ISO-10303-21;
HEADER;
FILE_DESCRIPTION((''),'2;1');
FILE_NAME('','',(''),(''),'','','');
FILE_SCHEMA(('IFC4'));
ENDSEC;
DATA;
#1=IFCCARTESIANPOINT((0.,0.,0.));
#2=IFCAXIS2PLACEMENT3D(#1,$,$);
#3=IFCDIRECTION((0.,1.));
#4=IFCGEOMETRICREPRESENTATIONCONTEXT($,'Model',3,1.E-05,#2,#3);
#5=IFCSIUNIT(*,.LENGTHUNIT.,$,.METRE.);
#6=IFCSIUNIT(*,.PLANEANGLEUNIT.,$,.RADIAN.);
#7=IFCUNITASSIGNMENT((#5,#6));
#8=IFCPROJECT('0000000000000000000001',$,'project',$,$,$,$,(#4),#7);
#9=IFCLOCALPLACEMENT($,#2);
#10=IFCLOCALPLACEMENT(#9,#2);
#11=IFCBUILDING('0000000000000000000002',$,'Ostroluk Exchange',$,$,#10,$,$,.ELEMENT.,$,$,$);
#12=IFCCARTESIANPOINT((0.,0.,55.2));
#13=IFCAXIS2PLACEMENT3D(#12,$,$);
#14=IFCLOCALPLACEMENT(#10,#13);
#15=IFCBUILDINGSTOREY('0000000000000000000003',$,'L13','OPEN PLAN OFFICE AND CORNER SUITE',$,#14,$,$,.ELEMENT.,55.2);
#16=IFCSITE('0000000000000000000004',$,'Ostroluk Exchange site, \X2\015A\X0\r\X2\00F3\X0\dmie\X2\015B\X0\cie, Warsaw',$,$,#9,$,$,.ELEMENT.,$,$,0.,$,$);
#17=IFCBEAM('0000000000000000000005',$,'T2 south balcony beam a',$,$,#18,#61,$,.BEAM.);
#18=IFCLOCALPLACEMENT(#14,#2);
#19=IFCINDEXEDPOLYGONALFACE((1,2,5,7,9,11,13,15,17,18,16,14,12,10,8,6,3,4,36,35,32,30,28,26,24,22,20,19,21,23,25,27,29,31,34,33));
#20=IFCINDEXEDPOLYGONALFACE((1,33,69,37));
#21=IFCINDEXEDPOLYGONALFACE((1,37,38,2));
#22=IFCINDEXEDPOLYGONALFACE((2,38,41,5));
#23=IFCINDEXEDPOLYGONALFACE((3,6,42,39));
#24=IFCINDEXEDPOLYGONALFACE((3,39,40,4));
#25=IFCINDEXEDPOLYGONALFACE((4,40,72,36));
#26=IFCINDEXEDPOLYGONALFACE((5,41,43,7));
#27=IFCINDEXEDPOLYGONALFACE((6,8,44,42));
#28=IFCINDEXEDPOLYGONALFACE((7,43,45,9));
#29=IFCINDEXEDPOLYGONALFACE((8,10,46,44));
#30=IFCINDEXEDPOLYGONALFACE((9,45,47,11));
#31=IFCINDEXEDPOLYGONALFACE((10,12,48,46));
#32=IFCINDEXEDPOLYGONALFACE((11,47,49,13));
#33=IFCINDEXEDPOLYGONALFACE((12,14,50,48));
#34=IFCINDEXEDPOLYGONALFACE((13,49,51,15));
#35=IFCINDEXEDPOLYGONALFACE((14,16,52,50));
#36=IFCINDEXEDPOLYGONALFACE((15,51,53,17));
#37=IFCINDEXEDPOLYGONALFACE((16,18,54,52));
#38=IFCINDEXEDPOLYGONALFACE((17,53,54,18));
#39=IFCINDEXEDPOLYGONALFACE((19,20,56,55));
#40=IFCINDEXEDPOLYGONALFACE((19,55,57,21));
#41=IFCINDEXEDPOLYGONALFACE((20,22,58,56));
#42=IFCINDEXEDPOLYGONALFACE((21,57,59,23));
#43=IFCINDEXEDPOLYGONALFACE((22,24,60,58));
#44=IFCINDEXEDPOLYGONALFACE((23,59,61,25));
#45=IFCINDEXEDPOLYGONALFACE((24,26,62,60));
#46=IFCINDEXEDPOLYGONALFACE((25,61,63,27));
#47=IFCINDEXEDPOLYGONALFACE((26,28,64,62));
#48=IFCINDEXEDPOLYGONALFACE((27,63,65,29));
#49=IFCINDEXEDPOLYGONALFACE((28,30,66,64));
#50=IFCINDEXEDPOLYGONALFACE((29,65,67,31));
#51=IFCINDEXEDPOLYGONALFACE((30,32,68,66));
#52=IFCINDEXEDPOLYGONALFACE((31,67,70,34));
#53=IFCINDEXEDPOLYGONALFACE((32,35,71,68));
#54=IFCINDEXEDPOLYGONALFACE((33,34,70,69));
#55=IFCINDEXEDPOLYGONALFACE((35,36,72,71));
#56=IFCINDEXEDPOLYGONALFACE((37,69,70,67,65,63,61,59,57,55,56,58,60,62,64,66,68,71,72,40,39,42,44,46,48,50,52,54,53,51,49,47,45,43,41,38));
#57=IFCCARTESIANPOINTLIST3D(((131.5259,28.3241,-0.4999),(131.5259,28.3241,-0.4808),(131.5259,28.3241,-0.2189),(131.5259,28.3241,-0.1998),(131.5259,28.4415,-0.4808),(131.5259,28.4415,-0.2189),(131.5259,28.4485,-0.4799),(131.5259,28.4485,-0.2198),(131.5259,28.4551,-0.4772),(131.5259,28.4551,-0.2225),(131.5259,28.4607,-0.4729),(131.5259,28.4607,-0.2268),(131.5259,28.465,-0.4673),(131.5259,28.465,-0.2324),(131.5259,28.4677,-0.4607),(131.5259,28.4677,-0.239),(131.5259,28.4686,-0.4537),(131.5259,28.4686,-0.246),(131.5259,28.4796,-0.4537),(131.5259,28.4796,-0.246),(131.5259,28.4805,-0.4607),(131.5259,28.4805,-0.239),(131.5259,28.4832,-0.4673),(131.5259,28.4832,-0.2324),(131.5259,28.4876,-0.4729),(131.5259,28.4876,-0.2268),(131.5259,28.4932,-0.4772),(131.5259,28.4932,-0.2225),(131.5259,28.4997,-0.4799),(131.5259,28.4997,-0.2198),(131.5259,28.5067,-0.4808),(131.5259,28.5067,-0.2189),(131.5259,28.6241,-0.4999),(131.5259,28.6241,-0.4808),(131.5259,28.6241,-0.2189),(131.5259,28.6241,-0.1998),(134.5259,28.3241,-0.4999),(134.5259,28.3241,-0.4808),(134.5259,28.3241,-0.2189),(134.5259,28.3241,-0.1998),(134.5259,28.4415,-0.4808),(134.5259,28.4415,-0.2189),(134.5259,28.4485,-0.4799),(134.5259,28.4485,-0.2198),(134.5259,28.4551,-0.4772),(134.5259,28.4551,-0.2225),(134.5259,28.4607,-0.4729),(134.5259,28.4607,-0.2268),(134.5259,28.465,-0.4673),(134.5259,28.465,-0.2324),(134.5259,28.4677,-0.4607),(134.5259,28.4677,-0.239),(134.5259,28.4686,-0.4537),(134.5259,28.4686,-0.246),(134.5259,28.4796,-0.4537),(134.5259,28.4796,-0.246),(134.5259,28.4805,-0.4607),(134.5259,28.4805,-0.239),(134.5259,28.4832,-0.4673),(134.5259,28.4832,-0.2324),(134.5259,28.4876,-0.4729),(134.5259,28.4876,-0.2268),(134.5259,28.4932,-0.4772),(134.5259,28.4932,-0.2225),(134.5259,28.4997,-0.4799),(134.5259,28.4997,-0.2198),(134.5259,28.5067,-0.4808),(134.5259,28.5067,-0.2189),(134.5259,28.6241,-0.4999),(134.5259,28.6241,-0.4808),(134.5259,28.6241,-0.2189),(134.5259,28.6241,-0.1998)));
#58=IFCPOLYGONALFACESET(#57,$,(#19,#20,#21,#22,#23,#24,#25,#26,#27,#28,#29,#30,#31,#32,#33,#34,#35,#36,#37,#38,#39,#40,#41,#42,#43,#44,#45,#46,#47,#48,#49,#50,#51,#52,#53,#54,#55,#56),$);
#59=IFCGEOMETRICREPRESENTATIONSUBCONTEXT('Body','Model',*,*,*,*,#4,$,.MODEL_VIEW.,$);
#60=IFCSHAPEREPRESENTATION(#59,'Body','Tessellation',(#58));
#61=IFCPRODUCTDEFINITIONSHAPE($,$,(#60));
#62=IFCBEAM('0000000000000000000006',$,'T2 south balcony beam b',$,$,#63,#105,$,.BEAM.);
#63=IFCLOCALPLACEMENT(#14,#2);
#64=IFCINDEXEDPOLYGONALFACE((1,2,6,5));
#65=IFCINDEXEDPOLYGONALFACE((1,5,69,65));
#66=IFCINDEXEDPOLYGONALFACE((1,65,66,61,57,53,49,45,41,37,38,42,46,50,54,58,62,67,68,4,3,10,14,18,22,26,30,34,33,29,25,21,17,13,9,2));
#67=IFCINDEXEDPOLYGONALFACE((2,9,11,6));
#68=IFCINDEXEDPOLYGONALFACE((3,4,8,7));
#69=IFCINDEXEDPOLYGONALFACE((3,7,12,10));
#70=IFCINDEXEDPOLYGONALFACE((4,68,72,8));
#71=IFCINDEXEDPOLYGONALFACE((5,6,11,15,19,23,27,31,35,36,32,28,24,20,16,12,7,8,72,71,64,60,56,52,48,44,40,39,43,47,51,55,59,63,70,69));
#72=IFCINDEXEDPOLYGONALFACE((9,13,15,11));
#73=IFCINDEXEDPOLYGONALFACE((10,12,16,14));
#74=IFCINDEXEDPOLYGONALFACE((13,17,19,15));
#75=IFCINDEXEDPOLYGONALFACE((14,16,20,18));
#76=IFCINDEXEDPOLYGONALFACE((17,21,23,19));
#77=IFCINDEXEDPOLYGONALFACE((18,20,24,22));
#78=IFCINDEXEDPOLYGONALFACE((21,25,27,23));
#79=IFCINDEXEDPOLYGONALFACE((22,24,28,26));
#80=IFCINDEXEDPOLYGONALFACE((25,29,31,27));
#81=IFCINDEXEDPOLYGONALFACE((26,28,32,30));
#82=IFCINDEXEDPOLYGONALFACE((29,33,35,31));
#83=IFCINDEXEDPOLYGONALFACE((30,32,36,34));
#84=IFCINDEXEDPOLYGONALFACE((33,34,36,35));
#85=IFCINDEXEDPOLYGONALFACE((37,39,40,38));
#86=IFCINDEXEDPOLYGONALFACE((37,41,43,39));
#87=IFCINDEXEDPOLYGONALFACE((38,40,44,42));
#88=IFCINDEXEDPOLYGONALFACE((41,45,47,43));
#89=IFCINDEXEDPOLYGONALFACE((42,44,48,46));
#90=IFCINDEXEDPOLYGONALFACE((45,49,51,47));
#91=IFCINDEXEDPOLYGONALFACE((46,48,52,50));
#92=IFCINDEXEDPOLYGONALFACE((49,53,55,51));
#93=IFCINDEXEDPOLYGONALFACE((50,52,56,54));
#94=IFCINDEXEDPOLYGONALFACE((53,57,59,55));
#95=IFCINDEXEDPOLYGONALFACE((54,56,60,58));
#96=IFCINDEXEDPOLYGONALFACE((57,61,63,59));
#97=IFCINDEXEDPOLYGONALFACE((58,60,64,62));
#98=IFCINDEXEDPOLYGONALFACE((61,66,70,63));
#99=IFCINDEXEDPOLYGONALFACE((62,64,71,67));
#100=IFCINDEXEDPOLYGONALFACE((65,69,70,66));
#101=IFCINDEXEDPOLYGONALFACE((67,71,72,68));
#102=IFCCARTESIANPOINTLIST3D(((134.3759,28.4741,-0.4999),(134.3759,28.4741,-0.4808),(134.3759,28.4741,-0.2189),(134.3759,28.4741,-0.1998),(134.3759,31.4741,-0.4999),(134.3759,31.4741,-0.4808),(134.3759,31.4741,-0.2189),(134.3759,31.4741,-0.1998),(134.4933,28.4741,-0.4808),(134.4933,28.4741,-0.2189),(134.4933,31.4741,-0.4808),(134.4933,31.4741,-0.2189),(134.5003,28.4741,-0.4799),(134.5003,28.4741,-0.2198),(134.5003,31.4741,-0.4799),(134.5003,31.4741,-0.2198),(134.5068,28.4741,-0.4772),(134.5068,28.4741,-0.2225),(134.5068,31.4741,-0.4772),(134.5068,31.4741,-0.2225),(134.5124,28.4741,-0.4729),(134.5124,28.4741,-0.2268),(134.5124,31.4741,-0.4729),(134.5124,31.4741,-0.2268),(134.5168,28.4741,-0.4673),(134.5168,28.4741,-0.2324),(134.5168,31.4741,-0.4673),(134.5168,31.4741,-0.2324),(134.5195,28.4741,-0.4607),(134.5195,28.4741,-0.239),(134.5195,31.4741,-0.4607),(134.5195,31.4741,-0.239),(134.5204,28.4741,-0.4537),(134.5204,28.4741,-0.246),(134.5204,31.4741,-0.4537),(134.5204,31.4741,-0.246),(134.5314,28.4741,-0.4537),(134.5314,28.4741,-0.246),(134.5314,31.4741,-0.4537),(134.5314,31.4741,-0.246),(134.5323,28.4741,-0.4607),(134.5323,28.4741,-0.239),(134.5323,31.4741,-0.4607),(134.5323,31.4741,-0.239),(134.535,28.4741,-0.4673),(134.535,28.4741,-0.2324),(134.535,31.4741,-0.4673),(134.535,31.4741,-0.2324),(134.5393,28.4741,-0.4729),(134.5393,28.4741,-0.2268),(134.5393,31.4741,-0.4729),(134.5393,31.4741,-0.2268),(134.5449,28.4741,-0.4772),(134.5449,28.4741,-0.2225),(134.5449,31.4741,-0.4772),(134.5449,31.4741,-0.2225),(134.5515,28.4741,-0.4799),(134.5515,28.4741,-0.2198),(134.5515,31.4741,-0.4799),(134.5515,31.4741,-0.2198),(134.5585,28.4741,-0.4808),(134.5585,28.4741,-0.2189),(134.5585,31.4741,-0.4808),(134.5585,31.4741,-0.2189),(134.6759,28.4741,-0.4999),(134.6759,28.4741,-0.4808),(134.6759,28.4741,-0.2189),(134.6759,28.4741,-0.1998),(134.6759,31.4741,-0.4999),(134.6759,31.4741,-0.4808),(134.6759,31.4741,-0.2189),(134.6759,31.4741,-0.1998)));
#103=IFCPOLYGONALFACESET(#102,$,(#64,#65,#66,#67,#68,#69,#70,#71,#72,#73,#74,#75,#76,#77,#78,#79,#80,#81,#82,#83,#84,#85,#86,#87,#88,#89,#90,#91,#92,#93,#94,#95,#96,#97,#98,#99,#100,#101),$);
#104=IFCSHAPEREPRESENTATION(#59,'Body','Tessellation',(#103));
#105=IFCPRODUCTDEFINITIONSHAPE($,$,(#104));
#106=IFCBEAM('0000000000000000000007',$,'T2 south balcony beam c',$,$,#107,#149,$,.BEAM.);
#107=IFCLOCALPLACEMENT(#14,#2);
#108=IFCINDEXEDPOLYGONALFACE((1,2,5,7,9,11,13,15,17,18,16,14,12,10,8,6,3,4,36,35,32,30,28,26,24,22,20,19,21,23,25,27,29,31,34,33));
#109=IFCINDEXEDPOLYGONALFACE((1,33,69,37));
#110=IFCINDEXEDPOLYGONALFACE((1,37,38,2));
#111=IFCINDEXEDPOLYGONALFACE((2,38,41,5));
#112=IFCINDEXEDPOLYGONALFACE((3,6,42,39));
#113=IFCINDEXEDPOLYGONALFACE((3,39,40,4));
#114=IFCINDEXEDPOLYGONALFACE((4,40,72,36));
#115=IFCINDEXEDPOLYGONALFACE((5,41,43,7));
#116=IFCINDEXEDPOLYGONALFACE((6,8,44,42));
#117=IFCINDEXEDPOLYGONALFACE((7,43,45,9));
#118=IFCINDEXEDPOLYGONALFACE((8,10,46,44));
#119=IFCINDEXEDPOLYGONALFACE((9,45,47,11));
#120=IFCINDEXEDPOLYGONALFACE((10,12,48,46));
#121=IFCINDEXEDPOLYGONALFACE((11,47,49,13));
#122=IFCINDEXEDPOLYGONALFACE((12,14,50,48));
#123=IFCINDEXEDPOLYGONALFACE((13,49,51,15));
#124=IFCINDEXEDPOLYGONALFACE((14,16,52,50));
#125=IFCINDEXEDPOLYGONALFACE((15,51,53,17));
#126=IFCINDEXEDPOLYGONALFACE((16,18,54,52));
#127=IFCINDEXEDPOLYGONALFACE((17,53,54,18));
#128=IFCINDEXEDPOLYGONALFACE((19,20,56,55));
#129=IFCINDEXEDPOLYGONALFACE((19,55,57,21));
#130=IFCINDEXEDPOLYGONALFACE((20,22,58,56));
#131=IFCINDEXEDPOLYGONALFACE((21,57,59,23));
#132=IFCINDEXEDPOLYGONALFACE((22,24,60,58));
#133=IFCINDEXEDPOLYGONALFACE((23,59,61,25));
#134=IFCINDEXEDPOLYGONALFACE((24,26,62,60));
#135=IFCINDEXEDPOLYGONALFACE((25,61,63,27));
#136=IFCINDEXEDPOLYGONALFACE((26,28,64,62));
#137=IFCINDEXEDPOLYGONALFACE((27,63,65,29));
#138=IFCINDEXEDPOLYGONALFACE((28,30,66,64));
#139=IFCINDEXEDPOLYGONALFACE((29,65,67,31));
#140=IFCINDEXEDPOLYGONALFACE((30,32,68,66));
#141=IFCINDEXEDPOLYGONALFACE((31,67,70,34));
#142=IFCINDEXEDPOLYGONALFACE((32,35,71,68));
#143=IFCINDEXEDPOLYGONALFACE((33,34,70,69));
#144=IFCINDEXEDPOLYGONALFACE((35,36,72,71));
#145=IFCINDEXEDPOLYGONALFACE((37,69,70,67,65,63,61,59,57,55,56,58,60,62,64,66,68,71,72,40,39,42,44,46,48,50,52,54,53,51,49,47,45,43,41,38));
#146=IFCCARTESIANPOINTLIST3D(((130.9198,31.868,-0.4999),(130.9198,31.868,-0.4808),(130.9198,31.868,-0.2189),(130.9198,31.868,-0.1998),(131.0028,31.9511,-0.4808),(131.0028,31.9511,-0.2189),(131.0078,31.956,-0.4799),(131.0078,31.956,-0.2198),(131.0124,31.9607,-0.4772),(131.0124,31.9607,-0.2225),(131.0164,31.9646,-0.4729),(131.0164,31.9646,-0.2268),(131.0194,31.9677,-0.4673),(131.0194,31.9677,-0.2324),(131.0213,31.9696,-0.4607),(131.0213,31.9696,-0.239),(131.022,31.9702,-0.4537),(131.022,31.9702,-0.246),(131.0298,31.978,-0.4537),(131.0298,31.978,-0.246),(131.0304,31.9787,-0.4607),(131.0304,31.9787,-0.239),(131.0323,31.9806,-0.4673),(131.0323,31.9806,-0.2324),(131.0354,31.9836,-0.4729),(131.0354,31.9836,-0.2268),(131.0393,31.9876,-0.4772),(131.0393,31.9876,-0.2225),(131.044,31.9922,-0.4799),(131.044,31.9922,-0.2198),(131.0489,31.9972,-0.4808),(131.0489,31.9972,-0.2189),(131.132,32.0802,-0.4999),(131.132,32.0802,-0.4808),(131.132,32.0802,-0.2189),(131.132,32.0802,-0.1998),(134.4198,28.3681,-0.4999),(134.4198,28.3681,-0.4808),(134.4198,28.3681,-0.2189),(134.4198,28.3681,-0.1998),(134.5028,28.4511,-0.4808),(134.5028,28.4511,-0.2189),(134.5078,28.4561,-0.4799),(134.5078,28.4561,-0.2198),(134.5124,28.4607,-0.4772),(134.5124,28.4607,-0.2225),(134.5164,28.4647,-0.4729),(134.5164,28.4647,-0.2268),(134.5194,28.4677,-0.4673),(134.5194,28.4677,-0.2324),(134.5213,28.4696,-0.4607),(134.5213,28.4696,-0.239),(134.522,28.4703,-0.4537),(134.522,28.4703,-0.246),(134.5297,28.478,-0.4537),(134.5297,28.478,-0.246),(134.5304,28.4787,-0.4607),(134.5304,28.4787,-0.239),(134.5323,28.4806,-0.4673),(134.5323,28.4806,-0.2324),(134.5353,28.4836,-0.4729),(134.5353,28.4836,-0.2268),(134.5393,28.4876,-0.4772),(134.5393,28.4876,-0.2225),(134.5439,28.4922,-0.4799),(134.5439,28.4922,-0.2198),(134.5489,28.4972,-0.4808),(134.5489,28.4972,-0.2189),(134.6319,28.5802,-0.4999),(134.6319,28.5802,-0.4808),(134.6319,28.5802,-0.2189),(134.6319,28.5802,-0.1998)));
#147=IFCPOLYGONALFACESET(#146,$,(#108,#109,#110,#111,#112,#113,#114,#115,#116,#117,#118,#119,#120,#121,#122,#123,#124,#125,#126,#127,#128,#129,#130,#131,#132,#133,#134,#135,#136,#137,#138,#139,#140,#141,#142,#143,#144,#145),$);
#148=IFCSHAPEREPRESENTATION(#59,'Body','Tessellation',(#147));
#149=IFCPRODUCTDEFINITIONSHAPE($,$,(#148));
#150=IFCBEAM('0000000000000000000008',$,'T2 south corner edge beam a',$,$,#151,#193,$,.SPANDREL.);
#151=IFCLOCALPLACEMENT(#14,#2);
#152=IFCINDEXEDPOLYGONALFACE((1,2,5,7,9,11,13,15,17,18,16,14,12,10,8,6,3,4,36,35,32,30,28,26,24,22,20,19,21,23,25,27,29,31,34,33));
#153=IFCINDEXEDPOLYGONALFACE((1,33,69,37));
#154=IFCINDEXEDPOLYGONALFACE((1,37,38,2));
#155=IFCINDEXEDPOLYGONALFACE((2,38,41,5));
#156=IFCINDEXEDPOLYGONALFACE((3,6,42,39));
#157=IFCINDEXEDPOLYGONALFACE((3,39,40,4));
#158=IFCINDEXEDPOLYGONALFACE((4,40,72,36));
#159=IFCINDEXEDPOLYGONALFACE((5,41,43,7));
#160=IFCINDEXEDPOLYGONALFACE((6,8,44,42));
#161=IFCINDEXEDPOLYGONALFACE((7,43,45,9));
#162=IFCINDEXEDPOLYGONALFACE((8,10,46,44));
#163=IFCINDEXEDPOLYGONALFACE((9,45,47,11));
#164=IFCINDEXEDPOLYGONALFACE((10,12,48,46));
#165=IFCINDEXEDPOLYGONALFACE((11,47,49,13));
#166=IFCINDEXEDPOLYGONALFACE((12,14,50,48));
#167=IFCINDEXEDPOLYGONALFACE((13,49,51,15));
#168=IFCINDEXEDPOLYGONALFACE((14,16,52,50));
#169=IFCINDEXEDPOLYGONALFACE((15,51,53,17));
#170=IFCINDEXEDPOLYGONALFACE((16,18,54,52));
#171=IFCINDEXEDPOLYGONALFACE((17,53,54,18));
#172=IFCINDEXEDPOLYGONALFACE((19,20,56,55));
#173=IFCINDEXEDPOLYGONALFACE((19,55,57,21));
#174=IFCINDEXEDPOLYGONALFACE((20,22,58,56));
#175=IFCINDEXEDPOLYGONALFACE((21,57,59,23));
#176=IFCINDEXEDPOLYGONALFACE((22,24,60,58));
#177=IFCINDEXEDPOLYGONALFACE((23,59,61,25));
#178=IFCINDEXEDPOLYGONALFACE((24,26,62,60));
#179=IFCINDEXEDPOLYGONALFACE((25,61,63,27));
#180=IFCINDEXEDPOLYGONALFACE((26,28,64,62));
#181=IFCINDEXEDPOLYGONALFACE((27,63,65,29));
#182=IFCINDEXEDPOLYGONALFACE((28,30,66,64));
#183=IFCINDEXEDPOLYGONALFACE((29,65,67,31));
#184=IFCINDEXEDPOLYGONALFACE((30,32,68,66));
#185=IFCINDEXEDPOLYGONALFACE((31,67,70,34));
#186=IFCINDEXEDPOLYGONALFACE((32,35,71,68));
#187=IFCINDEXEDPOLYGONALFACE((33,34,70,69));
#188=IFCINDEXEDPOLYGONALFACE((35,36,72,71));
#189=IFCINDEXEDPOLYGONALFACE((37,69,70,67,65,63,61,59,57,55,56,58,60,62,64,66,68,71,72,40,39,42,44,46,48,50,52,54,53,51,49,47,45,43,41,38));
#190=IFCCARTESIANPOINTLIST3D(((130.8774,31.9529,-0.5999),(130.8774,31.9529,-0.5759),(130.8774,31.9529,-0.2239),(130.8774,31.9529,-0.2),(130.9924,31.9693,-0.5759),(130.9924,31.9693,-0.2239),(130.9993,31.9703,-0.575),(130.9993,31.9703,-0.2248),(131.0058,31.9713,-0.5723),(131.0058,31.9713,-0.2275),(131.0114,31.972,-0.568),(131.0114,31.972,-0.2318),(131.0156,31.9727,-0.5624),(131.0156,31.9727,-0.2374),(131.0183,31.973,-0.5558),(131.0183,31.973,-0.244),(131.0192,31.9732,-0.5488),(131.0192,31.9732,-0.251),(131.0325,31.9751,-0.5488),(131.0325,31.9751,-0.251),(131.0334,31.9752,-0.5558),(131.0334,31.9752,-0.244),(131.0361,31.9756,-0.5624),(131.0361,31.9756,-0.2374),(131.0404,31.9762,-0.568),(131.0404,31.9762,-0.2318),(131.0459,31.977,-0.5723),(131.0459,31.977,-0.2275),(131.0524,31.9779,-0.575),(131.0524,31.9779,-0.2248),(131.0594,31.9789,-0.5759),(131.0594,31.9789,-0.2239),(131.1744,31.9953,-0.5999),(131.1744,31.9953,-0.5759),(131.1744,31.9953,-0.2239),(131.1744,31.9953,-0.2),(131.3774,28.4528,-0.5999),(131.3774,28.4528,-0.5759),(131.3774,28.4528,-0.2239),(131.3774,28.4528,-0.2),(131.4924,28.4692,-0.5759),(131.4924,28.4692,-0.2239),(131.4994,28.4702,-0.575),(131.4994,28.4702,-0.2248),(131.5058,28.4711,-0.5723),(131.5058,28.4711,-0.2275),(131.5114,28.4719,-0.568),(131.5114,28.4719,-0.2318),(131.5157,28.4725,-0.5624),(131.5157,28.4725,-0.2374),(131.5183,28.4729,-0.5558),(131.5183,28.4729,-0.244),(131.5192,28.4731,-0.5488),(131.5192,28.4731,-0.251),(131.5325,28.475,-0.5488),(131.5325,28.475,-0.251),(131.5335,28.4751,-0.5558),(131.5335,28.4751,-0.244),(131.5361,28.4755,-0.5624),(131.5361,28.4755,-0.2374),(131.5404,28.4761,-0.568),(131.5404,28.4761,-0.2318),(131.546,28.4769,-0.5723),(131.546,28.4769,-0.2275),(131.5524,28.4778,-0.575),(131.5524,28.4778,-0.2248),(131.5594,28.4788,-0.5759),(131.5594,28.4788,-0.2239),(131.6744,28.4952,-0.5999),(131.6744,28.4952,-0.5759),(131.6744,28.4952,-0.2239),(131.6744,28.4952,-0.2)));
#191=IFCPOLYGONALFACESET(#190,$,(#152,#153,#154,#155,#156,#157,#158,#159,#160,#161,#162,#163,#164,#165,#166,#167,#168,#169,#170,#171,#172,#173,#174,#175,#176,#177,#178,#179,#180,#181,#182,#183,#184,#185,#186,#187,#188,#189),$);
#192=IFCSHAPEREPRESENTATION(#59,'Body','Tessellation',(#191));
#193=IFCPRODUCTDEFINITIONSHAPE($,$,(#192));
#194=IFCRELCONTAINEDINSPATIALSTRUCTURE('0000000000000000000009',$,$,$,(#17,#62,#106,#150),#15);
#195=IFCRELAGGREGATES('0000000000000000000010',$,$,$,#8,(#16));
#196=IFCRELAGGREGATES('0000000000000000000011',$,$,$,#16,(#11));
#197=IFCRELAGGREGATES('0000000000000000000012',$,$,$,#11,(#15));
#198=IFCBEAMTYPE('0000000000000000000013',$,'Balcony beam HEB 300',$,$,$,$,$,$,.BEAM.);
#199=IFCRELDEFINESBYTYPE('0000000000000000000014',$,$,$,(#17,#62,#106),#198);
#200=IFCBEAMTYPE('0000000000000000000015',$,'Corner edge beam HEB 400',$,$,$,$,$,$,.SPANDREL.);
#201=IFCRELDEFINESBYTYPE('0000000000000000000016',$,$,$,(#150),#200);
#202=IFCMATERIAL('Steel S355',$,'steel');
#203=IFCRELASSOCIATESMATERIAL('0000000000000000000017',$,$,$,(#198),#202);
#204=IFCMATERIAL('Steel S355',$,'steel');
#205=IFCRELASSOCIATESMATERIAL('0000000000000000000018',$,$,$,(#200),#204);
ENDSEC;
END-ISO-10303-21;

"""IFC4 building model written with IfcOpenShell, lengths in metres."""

from ifc_helpers import new_model, si_unit, direction, frame, origin, origin_2d, place, context, subcontext, project, spatial, i_section, extrude, material, material_profile, profile_set, type_object, element, save


model = new_model("IFC4")

# Units and contexts
model_context = context("Model", 3, precision=1e-05, world=origin(), true_north=direction((0.0, 1.0)))
body_context = subcontext(model_context, "Body", "Model", "MODEL_VIEW")
ifc_project = project(units=[si_unit("LENGTHUNIT", "METRE"), si_unit("PLANEANGLEUNIT", "RADIAN")], contexts=[model_context])

# Site, building, storey
site_placement = place(None, origin())
site = spatial("IfcSite", under=ifc_project, at=site_placement, Name="Ostroluk Exchange site, Śródmieście, Warsaw", CompositionType="ELEMENT", RefElevation=0.0)
building_placement = place(site_placement, origin())
building = spatial("IfcBuilding", under=site, at=building_placement, Name="Ostroluk Exchange", CompositionType="ELEMENT")
storey_placement = place(building_placement, frame((0.0, 0.0, 55.2)))
storey = spatial("IfcBuildingStorey", under=building, at=storey_placement, Name="L13", Description="OPEN PLAN OFFICE AND CORNER SUITE", CompositionType="ELEMENT", Elevation=55.2)

# Beams
ifc_material_1 = material(Name="Steel S355", Category="steel")
ifc_material_profile_1 = material_profile(ifc_material_1, i_section(OverallWidth=0.3, OverallDepth=0.3, WebThickness=0.011, FlangeThickness=0.019, FilletRadius=0.0271, at=origin_2d()), Name="HEB 300")
ifc_profile_set_1 = profile_set([ifc_material_profile_1], Name="Steel S355")
beam_type_1 = type_object("IfcBeamType", Name="Balcony beam HEB 300", PredefinedType="BEAM", material=ifc_profile_set_1)
for number, where, z_axis, x_axis, name in (
    (1, (131.5259, 28.4741, -0.3499), (1.0, 0.0, 0.0), (0.0, 1.0, 0.0), "T2 south balcony beam a"),
    (2, (134.5259, 31.4741, -0.3499), (0.0, -1.0, 0.0), (1.0, 0.0, 0.0), "T2 south balcony beam b"),
):
    element("IfcBeam", number, at=place(storey_placement, frame(where, z_axis=z_axis, x_axis=x_axis)), inside=storey, type_object=beam_type_1, Name=name, PredefinedType="BEAM", context=body_context, shape_type="SweptSolid", body=[
        extrude(i_section(OverallWidth=0.3, OverallDepth=0.3, WebThickness=0.011, FlangeThickness=0.019, FilletRadius=0.0271, at=origin_2d()), origin(), (0.0, 0.0, 1.0), 3.0),
    ])
beam_1_placement = place(storey_placement, frame((131.0259, 31.9741, -0.3499), z_axis=(0.707107, -0.707107, 0.0), x_axis=(0.707107, 0.707107, 0.0)))
element("IfcBeam", 3, at=beam_1_placement, inside=storey, type_object=beam_type_1, Name="T2 south balcony beam c", PredefinedType="BEAM", context=body_context, shape_type="SweptSolid", body=[
    extrude(i_section(OverallWidth=0.3, OverallDepth=0.3, WebThickness=0.011, FlangeThickness=0.019, FilletRadius=0.0271, at=origin_2d()), origin(), (0.0, 0.0, 1.0), 4.9497),
])
ifc_material_2 = material(Name="Steel S355", Category="steel")
ifc_material_profile_2 = material_profile(ifc_material_2, i_section(OverallWidth=0.3, OverallDepth=0.3999, WebThickness=0.0134, FlangeThickness=0.0239, FilletRadius=0.0271, at=origin_2d()), Name="HEB 400")
ifc_profile_set_2 = profile_set([ifc_material_profile_2], Name="Steel S355")
beam_type_2 = type_object("IfcBeamType", Name="Corner edge beam HEB 400", PredefinedType="SPANDREL", material=ifc_profile_set_2)
for number, where, z_axis, x_axis, name in (
    (4, (131.0259, 31.9741, -0.3999), (0.141421, -0.989949, 0.0), (0.989949, 0.141421, 0.0), "T2 south corner edge beam a"),
):
    element("IfcBeam", number, at=place(storey_placement, frame(where, z_axis=z_axis, x_axis=x_axis)), inside=storey, type_object=beam_type_2, Name=name, PredefinedType="SPANDREL", context=body_context, shape_type="SweptSolid", body=[
        extrude(i_section(OverallWidth=0.3, OverallDepth=0.3999, WebThickness=0.0134, FlangeThickness=0.0239, FilletRadius=0.0271, at=origin_2d()), origin(), (0.0, 0.0, 1.0), 3.5356),
    ])

save(model, "model.ifc")
